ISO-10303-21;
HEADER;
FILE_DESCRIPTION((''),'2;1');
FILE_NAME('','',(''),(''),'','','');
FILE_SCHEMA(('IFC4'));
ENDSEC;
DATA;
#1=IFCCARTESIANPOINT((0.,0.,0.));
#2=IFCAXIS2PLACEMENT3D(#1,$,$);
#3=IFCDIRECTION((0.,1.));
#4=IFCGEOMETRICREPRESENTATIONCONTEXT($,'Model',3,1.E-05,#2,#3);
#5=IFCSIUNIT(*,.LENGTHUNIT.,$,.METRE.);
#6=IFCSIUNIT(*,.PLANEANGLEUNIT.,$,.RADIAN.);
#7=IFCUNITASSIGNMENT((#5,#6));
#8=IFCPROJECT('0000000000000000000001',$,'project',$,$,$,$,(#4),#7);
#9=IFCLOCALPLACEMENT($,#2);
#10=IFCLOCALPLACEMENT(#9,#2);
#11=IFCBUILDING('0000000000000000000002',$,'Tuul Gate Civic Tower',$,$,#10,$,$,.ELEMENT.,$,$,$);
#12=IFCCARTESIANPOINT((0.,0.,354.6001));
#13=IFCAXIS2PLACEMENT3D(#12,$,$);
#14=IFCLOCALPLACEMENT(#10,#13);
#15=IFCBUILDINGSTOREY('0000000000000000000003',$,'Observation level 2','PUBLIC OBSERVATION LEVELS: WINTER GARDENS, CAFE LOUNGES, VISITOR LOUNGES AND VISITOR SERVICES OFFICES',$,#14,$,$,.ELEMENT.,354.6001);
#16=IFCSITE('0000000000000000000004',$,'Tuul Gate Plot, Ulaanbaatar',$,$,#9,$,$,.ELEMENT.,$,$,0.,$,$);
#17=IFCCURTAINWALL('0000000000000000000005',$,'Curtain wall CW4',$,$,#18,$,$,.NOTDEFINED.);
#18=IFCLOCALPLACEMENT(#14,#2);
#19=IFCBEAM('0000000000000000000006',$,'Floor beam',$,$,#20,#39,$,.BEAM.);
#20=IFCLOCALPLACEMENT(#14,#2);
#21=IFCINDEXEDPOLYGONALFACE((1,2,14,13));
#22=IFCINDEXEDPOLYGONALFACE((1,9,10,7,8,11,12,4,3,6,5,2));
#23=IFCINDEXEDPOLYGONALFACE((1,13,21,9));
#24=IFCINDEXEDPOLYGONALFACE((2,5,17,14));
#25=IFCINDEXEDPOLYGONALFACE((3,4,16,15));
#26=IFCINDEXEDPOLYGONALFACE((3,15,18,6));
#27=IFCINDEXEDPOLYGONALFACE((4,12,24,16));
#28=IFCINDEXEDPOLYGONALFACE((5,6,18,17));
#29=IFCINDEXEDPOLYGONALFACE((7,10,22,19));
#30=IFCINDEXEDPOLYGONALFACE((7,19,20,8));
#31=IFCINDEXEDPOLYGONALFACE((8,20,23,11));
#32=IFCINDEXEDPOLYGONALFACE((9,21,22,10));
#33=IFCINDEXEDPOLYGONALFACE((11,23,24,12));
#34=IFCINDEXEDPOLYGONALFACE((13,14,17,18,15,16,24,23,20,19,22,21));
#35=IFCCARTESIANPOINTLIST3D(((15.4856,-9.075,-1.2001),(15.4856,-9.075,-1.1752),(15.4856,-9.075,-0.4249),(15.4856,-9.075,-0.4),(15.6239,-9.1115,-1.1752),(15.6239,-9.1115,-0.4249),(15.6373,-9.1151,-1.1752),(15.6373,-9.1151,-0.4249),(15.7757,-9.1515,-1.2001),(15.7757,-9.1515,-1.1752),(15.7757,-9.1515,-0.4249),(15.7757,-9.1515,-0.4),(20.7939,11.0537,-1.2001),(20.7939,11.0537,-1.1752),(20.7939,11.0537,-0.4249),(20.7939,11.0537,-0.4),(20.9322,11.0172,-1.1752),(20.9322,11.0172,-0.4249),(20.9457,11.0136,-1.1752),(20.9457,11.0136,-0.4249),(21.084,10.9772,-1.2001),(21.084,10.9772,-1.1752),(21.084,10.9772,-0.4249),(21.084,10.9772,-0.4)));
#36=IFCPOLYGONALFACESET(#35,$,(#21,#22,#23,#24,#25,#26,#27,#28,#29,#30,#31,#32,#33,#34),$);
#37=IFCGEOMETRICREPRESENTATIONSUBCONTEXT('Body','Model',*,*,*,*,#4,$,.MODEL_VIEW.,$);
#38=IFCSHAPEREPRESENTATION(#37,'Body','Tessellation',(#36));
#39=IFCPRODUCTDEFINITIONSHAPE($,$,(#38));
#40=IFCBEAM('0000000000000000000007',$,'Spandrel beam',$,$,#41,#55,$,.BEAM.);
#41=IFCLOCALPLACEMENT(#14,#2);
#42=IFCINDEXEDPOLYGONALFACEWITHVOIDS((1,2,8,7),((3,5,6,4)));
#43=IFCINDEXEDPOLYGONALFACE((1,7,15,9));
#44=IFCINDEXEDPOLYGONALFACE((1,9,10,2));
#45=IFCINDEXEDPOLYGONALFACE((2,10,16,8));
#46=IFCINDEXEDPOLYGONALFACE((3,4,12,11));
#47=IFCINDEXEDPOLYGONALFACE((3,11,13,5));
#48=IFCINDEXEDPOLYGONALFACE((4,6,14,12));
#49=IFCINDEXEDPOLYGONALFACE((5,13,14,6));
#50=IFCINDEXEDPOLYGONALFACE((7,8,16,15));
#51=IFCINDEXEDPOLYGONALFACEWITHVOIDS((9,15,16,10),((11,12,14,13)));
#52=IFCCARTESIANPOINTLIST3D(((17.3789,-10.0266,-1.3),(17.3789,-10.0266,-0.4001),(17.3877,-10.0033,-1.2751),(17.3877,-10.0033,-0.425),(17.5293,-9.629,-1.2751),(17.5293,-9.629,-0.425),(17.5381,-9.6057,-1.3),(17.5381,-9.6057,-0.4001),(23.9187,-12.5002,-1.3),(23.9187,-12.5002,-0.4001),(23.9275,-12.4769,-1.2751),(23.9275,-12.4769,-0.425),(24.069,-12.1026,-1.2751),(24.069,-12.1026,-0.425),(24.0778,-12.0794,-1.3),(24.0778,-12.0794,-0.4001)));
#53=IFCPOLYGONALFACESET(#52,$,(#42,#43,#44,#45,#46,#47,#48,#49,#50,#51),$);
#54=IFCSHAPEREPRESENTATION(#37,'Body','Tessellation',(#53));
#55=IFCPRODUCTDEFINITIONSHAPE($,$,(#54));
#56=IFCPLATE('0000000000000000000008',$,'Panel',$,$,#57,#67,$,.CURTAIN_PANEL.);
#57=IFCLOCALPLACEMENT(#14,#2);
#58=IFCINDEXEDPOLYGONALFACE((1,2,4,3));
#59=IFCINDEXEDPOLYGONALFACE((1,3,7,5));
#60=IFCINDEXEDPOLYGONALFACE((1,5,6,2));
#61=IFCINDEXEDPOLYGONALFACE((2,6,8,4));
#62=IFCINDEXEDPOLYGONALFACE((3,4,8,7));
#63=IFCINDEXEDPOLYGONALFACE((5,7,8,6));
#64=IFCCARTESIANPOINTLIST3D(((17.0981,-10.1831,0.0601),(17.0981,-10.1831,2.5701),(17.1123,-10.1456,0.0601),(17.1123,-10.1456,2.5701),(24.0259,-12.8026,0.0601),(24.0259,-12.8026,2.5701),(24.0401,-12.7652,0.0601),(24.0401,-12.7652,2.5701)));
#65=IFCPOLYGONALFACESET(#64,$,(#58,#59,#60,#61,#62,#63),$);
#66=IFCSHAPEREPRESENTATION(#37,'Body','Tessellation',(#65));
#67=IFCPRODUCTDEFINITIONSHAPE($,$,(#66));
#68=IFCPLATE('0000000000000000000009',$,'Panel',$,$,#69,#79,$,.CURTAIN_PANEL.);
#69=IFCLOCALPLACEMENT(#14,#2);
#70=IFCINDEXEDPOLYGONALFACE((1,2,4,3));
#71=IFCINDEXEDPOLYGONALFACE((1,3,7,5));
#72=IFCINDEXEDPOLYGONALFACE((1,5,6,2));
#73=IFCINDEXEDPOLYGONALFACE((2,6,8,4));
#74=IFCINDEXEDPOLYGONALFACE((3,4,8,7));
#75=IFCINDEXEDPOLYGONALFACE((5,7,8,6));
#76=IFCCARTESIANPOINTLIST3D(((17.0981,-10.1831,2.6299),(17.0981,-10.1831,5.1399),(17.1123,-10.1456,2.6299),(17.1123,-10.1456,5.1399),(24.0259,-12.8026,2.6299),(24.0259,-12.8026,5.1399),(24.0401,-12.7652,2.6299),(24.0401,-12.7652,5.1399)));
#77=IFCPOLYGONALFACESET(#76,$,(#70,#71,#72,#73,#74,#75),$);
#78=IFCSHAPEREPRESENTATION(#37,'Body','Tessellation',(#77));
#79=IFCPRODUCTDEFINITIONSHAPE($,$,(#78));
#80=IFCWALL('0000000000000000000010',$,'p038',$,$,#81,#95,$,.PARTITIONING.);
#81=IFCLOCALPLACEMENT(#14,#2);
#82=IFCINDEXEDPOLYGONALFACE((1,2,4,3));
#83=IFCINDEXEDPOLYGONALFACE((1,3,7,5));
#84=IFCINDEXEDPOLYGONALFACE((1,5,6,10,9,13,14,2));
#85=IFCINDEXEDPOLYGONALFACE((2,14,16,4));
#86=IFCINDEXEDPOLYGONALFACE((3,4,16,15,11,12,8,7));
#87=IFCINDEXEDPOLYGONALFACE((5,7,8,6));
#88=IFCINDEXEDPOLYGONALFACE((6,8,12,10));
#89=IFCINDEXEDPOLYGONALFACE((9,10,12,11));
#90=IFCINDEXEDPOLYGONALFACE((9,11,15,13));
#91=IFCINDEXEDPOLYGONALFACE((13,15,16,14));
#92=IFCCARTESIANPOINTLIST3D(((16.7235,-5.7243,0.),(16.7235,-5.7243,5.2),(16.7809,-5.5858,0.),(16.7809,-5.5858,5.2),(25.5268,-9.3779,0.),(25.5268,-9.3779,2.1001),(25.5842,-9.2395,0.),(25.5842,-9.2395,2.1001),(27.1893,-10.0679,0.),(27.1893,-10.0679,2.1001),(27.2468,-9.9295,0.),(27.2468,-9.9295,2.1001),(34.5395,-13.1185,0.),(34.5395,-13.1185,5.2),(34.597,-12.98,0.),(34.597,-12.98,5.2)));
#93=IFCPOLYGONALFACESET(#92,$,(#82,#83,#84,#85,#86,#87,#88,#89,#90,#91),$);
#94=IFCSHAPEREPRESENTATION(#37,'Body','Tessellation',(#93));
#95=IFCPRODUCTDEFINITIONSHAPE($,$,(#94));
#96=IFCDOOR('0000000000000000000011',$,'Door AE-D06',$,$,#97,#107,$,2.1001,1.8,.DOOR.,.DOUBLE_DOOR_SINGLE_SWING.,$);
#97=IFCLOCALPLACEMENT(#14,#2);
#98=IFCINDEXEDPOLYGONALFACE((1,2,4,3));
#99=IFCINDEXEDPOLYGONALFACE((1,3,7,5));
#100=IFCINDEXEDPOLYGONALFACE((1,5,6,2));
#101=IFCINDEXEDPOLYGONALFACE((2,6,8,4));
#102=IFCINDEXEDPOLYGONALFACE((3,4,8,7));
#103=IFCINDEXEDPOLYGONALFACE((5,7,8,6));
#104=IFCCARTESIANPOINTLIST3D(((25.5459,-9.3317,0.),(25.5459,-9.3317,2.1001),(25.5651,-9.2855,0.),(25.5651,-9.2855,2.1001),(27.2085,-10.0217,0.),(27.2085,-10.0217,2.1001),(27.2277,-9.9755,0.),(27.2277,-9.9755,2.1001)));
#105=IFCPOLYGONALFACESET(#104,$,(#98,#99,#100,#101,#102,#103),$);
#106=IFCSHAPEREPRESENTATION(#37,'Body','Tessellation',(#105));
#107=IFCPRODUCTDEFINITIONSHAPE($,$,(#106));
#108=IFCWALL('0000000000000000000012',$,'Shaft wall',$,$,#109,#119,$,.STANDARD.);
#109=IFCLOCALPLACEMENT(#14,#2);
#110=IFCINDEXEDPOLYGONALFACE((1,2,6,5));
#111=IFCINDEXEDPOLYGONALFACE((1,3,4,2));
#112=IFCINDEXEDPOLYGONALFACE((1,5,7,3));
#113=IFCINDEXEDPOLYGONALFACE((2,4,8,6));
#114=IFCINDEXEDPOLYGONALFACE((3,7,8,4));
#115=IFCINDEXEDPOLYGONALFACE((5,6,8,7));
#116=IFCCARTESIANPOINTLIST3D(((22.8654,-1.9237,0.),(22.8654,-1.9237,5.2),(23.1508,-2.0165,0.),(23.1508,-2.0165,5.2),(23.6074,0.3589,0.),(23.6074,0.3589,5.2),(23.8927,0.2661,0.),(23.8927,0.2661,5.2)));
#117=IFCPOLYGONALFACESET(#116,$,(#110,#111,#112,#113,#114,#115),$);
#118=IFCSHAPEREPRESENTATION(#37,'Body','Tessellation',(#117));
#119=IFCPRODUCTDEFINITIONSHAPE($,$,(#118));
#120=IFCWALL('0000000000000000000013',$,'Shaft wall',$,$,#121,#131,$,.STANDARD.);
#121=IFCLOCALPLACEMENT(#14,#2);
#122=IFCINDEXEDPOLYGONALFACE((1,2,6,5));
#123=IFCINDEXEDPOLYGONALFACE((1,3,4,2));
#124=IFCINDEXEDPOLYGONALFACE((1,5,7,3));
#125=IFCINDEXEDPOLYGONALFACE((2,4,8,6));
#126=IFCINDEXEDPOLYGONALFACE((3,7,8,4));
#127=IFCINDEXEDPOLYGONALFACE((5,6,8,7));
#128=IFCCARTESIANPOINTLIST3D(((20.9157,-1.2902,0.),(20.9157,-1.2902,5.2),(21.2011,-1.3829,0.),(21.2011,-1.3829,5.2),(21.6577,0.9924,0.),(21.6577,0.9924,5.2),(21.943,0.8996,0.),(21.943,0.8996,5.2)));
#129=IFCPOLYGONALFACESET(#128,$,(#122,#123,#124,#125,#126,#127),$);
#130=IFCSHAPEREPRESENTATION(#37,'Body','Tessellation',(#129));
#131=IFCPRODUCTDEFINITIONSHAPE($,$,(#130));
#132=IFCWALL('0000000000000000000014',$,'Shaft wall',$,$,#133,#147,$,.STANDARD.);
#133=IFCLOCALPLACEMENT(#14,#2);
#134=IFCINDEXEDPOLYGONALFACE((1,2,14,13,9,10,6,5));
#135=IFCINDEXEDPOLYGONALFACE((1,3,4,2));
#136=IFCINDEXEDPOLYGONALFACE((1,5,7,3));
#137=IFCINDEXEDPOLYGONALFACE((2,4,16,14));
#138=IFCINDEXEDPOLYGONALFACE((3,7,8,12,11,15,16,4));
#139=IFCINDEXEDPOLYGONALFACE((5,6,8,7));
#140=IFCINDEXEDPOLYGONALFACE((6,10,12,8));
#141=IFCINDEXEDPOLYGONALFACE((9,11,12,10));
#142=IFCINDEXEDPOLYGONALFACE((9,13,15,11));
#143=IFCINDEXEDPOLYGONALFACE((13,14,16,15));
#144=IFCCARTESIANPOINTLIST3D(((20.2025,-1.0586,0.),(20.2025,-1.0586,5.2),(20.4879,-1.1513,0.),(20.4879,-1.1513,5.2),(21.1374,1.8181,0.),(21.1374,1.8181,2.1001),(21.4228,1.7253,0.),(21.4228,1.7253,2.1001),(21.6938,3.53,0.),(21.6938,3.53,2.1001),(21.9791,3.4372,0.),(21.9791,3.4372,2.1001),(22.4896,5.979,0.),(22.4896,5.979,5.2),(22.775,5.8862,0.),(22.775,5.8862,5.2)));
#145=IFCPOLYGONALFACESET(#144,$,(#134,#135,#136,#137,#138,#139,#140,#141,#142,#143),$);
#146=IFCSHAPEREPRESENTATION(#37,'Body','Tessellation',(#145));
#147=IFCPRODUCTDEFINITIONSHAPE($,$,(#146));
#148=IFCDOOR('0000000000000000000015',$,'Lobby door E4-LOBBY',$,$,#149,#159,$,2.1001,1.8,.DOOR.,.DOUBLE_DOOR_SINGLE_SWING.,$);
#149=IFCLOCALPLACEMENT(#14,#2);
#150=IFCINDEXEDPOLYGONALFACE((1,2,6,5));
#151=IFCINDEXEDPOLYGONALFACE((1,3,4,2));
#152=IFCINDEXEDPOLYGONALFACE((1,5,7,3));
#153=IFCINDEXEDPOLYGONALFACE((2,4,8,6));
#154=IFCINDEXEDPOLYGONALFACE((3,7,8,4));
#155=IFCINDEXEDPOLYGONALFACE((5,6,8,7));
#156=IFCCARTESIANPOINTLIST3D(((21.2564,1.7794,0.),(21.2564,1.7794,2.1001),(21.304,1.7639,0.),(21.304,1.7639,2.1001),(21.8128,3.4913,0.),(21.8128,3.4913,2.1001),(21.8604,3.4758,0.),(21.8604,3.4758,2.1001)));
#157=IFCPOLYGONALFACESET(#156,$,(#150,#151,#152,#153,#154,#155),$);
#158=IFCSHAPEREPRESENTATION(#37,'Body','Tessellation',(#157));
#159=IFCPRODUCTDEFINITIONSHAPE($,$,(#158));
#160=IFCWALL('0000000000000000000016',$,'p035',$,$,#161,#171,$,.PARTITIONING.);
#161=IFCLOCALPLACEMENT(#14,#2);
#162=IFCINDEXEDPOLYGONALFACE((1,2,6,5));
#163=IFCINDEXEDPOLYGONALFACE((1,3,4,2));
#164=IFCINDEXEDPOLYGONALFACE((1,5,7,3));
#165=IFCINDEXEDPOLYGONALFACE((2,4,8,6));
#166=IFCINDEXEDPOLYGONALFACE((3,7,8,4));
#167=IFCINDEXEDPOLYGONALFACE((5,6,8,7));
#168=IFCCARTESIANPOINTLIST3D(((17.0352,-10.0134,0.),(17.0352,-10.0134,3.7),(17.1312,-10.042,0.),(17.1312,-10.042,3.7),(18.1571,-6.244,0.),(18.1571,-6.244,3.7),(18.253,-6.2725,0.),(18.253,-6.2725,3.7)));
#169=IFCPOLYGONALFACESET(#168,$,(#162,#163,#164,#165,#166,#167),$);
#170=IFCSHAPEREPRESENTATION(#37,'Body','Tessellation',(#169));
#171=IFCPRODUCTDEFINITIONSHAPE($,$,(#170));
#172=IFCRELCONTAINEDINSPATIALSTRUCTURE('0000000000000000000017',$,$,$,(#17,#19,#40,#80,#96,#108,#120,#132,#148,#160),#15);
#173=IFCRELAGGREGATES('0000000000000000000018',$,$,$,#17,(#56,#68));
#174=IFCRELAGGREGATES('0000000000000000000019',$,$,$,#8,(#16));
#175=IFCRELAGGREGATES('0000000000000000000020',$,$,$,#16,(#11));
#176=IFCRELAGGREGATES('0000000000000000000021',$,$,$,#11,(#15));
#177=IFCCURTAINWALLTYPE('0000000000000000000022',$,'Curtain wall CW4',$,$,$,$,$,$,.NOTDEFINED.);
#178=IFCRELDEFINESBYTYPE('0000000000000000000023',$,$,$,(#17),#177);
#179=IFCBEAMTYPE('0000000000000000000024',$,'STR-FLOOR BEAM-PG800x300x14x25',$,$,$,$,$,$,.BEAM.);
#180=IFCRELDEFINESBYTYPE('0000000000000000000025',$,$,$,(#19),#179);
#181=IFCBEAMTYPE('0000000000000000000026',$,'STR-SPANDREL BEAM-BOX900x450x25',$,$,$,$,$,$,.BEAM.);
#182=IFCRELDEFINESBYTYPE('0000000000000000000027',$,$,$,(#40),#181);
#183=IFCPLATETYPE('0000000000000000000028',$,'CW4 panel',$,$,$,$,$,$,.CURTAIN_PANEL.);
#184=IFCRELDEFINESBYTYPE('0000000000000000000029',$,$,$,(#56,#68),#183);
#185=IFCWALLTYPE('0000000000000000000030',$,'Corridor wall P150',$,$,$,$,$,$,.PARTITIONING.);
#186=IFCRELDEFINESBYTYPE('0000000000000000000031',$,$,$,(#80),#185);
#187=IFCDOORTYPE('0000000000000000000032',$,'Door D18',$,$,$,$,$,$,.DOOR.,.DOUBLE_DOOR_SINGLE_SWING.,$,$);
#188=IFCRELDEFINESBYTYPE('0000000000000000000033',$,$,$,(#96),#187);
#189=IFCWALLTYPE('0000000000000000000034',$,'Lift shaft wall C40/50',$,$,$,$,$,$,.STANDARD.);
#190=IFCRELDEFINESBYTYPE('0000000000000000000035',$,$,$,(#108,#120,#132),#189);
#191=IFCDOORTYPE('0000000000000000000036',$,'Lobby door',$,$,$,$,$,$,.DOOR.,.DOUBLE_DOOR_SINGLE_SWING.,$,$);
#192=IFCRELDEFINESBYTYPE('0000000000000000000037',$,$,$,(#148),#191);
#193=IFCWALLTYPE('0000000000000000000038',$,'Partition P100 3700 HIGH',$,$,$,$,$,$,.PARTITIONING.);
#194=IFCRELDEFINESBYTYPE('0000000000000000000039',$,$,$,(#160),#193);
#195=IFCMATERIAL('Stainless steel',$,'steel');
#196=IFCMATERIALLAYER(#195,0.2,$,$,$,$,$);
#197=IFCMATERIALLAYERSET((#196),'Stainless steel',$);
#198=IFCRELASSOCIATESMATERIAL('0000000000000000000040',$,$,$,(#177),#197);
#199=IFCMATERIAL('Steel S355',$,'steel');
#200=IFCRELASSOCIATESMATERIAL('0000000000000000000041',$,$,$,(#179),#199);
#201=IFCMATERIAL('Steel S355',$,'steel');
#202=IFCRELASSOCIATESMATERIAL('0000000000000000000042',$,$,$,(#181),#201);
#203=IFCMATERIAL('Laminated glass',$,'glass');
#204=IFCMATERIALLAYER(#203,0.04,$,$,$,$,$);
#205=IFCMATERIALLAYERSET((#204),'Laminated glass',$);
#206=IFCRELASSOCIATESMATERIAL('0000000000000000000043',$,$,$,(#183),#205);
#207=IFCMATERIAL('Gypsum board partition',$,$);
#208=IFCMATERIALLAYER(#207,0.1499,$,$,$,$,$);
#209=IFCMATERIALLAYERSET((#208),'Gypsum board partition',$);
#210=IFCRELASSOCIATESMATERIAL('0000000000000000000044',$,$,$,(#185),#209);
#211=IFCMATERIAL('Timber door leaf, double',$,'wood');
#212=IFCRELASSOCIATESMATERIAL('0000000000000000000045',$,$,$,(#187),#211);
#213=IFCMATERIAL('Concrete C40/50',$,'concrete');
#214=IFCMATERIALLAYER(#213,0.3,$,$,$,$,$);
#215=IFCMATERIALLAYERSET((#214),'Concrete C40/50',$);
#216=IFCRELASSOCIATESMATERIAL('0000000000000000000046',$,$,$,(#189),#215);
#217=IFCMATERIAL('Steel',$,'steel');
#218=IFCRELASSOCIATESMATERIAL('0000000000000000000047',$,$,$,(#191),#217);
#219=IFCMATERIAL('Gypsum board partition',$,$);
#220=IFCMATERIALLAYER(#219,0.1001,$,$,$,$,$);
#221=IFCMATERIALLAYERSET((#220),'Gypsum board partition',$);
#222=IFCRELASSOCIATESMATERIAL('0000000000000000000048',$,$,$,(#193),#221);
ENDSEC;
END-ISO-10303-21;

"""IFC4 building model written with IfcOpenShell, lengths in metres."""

from ifc_helpers import new_model, si_unit, direction, frame, frame_2d, origin, origin_2d, place, context, subcontext, project, spatial, rectangle, hollow_rectangle, i_section, extrude, material, layer, layer_set, material_profile, profile_set, type_object, element, fill, aggregate, save


model = new_model("IFC4")

# Units and contexts
model_context = context("Model", 3, precision=1e-05, world=origin(), true_north=direction((0.0, 1.0)))
body_context = subcontext(model_context, "Body", "Model", "MODEL_VIEW")
ifc_project = project(units=[si_unit("LENGTHUNIT", "METRE"), si_unit("PLANEANGLEUNIT", "RADIAN")], contexts=[model_context])

# Site, building, storey
site_placement = place(None, origin())
site = spatial("IfcSite", under=ifc_project, at=site_placement, Name="Tuul Gate Plot, Ulaanbaatar", CompositionType="ELEMENT", RefElevation=0.0)
building_placement = place(site_placement, origin())
building = spatial("IfcBuilding", under=site, at=building_placement, Name="Tuul Gate Civic Tower", CompositionType="ELEMENT")
storey_placement = place(building_placement, frame((0.0, 0.0, 354.6001)))
storey = spatial("IfcBuildingStorey", under=building, at=storey_placement, Name="Observation level 2", Description="PUBLIC OBSERVATION LEVELS: WINTER GARDENS, CAFE LOUNGES, VISITOR LOUNGES AND VISITOR SERVICES OFFICES", CompositionType="ELEMENT", Elevation=354.6001)

# Shared definitions
ifc_material_1 = material(Name="Stainless steel", Category="steel")
ifc_layer_1 = layer(ifc_material_1, 0.2)
ifc_layer_set_1 = layer_set([ifc_layer_1], Name="Stainless steel")
curtain_wall_type = type_object("IfcCurtainWallType", Name="Curtain wall CW4", PredefinedType="NOTDEFINED", material=ifc_layer_set_1)

# Curtain wall
curtain_wall_1_placement = place(storey_placement, origin())
curtain_wall_1 = element("IfcCurtainWall", 1, at=curtain_wall_1_placement, inside=storey, type_object=curtain_wall_type, Name="Curtain wall CW4", PredefinedType="NOTDEFINED")

# Beams
ifc_material_2 = material(Name="Steel S355", Category="steel")
ifc_material_profile_1 = material_profile(ifc_material_2, i_section(OverallWidth=0.3, OverallDepth=0.8, WebThickness=0.0139, FlangeThickness=0.0249, at=origin_2d()), Name="PG800x300x14x25")
ifc_profile_set_1 = profile_set([ifc_material_profile_1], Name="Steel S355")
beam_type_1 = type_object("IfcBeamType", Name="STR-FLOOR BEAM-PG800x300x14x25", PredefinedType="BEAM", material=ifc_profile_set_1)
beam_1_placement = place(storey_placement, frame((15.6306, -9.1133, -0.8), z_axis=(0.255002, 0.96694, 0.0), x_axis=(-0.96694, 0.255002, 0.0)))
element("IfcBeam", 2, at=beam_1_placement, inside=storey, type_object=beam_type_1, Name="Floor beam", PredefinedType="BEAM", context=body_context, shape_type="SweptSolid", body=[
    extrude(i_section(OverallWidth=0.3, OverallDepth=0.8, WebThickness=0.0139, FlangeThickness=0.0249, at=origin_2d()), origin(), (0.0, 0.0, 1.0), 20.8169),
])
ifc_material_3 = material(Name="Steel S355", Category="steel")
ifc_material_profile_2 = material_profile(ifc_material_3, hollow_rectangle(XDim=0.45, YDim=0.8999, WallThickness=0.0249, at=origin_2d()), Name="BOX900x450x25")
ifc_profile_set_2 = profile_set([ifc_material_profile_2], Name="Steel S355")
beam_type_2 = type_object("IfcBeamType", Name="STR-SPANDREL BEAM-BOX900x450x25", PredefinedType="BEAM", material=ifc_profile_set_2)
beam_2_placement = place(storey_placement, frame((17.4585, -9.8162, -0.8501), z_axis=(0.935328, -0.353781, 0.0), x_axis=(0.353781, 0.935328, 0.0)))
element("IfcBeam", 3, at=beam_2_placement, inside=storey, type_object=beam_type_2, Name="Spandrel beam", PredefinedType="BEAM", context=body_context, shape_type="SweptSolid", body=[
    extrude(hollow_rectangle(XDim=0.45, YDim=0.8999, WallThickness=0.0249, at=origin_2d()), origin(), (0.0, 0.0, 1.0), 6.9919),
])

# Plates
ifc_material_4 = material(Name="Laminated glass", Category="glass")
ifc_layer_2 = layer(ifc_material_4, 0.04)
ifc_layer_set_2 = layer_set([ifc_layer_2], Name="Laminated glass")
plate_type = type_object("IfcPlateType", Name="CW4 panel", PredefinedType="CURTAIN_PANEL", material=ifc_layer_set_2)
plate_1_placement = place(storey_placement, frame((20.5691, -11.4741, 0.0601), z_axis=(0.0, 0.0, 1.0), x_axis=(0.935365, -0.353685, 0.0)))
plate_1 = element("IfcPlate", 4, at=plate_1_placement, type_object=plate_type, Name="Panel", PredefinedType="CURTAIN_PANEL", context=body_context, shape_type="SweptSolid", body=[
    extrude(rectangle(XDim=7.4065, YDim=0.04, at=origin_2d()), origin(), (0.0, 0.0, 1.0), 2.51),
])
plate_2_placement = place(storey_placement, frame((20.5691, -11.4741, 2.6299), z_axis=(0.0, 0.0, 1.0), x_axis=(0.935365, -0.353685, 0.0)))
plate_2 = element("IfcPlate", 5, at=plate_2_placement, type_object=plate_type, Name="Panel", PredefinedType="CURTAIN_PANEL", context=body_context, shape_type="SweptSolid", body=[
    extrude(rectangle(XDim=7.4065, YDim=0.04, at=origin_2d()), origin(), (0.0, 0.0, 1.0), 2.51),
])
aggregate(curtain_wall_1, [plate_1, plate_2])

# Wall, opening, door
ifc_material_5 = material(Name="Gypsum board partition")
ifc_layer_3 = layer(ifc_material_5, 0.1499)
ifc_layer_set_3 = layer_set([ifc_layer_3], Name="Gypsum board partition")
wall_type_1 = type_object("IfcWallType", Name="Corridor wall P150", PredefinedType="PARTITIONING", material=ifc_layer_set_3)
wall_1_placement = place(storey_placement, frame((16.7522, -5.655, 0.0), z_axis=(0.0, 0.0, 1.0), x_axis=(0.923612, -0.383329, 0.0)))
wall_1 = element("IfcWall", 6, at=wall_1_placement, inside=storey, type_object=wall_type_1, Name="p038", PredefinedType="PARTITIONING", context=body_context, shape_type="SweptSolid", body=[
    extrude(rectangle(XDim=19.2896, YDim=0.1499, at=frame_2d((9.6448, 0.0))), origin(), (0.0, 0.0, 1.0), 5.2),
])
opening_1_placement = place(wall_1_placement, frame((9.5315, 0.0, 0.0)))
opening_1 = element("IfcOpeningElement", 7, at=opening_1_placement, cuts=wall_1, PredefinedType="OPENING", context=body_context, shape_type="SweptSolid", body=[
    extrude(rectangle(XDim=1.8, YDim=2.1001, at=frame_2d((0.8999, 1.05))), frame((0.0, 0.085, 0.0), z_axis=(0.0, -1.0, 0.0), x_axis=(1.0, 0.0, 0.0)), (0.0, 0.0, 1.0), 0.1699),
])
ifc_material_6 = material(Name="Timber door leaf, double", Category="wood")
door_type_1 = type_object("IfcDoorType", Name="Door D18", OperationType="DOUBLE_DOOR_SINGLE_SWING", PredefinedType="DOOR", material=ifc_material_6)
door_1_placement = place(opening_1_placement, frame((1.8, 0.0, 0.0), z_axis=(0.0, 0.0, 1.0), x_axis=(-1.0, 0.0, 0.0)))
door_1 = element("IfcDoor", 8, at=door_1_placement, inside=storey, type_object=door_type_1, Name="Door AE-D06", OperationType="DOUBLE_DOOR_SINGLE_SWING", OverallHeight=2.1001, OverallWidth=1.8, PredefinedType="DOOR", context=body_context, shape_type="SweptSolid", body=[
    extrude(rectangle(XDim=1.8, YDim=2.1001, at=frame_2d((0.9001, 1.05))), frame((0.0, 0.0249, 0.0), z_axis=(0.0, -1.0, 0.0), x_axis=(1.0, 0.0, 0.0)), (0.0, 0.0, 1.0), 0.05),
])
fill(opening_1, door_1)

# Walls
ifc_material_7 = material(Name="Concrete C40/50", Category="concrete")
ifc_layer_4 = layer(ifc_material_7, 0.3)
ifc_layer_set_4 = layer_set([ifc_layer_4], Name="Concrete C40/50")
wall_type_2 = type_object("IfcWallType", Name="Lift shaft wall C40/50", PredefinedType="STANDARD", material=ifc_layer_set_4)
for number, where, z_axis, x_axis, name in (
    (9, (23.0081, -1.9702, 0.0), (0.0, 0.0, 1.0), (0.309139, 0.951017, 0.0), "Shaft wall"),
    (10, (21.0583, -1.3367, 0.0), (0.0, 0.0, 1.0), (0.309139, 0.951017, 0.0), "Shaft wall"),
):
    element("IfcWall", number, at=place(storey_placement, frame(where, z_axis=z_axis, x_axis=x_axis)), inside=storey, type_object=wall_type_2, Name=name, PredefinedType="STANDARD", context=body_context, shape_type="SweptSolid", body=[
        extrude(rectangle(XDim=2.4001, YDim=0.3, at=frame_2d((1.2002, 0.0))), origin(), (0.0, 0.0, 1.0), 5.2),
    ])

# Wall, opening, door
wall_2_placement = place(storey_placement, frame((20.3452, -1.105, 0.0), z_axis=(0.0, 0.0, 1.0), x_axis=(0.309073, 0.951038, 0.0)))
wall_2 = element("IfcWall", 11, at=wall_2_placement, inside=storey, type_object=wall_type_2, Name="Shaft wall", PredefinedType="STANDARD", context=body_context, shape_type="SweptSolid", body=[
    extrude(rectangle(XDim=7.3999, YDim=0.3, at=frame_2d((3.7, 0.0))), origin(), (0.0, 0.0, 1.0), 5.2),
])
opening_2_placement = place(wall_2_placement, frame((3.0249, 0.0, 0.0)))
opening_2 = element("IfcOpeningElement", 12, at=opening_2_placement, cuts=wall_2, PredefinedType="OPENING", context=body_context, shape_type="SweptSolid", body=[
    extrude(rectangle(XDim=1.8, YDim=2.1001, at=frame_2d((0.8999, 1.05))), frame((0.0, 0.1602, 0.0), z_axis=(0.0, -1.0, 0.0), x_axis=(1.0, 0.0, 0.0)), (0.0, 0.0, 1.0), 0.3201),
])
ifc_material_8 = material(Name="Steel", Category="steel")
door_type_2 = type_object("IfcDoorType", Name="Lobby door", OperationType="DOUBLE_DOOR_SINGLE_SWING", PredefinedType="DOOR", material=ifc_material_8)
door_2_placement = place(opening_2_placement, origin())
door_2 = element("IfcDoor", 13, at=door_2_placement, inside=storey, type_object=door_type_2, Name="Lobby door E4-LOBBY", OperationType="DOUBLE_DOOR_SINGLE_SWING", OverallHeight=2.1001, OverallWidth=1.8, PredefinedType="DOOR", context=body_context, shape_type="SweptSolid", body=[
    extrude(rectangle(XDim=1.8, YDim=2.1001, at=frame_2d((0.8999, 1.05))), frame((0.0, 0.0249, 0.0), z_axis=(0.0, -1.0, 0.0), x_axis=(1.0, 0.0, 0.0)), (0.0, 0.0, 1.0), 0.05),
])
fill(opening_2, door_2)

# Wall
ifc_material_9 = material(Name="Gypsum board partition")
ifc_layer_5 = layer(ifc_material_9, 0.1001)
ifc_layer_set_5 = layer_set([ifc_layer_5], Name="Gypsum board partition")
wall_type_3 = type_object("IfcWallType", Name="Partition P100 3700 HIGH", PredefinedType="PARTITIONING", material=ifc_layer_set_5)
wall_3_placement = place(storey_placement, frame((17.0833, -10.0276, 0.0), z_axis=(0.0, 0.0, 1.0), x_axis=(0.28524, 0.958456, 0.0)))
element("IfcWall", 14, at=wall_3_placement, inside=storey, type_object=wall_type_3, Name="p035", PredefinedType="PARTITIONING", context=body_context, shape_type="SweptSolid", body=[
    extrude(rectangle(XDim=3.9329, YDim=0.1001, at=frame_2d((1.9663, 0.0))), origin(), (0.0, 0.0, 1.0), 3.7),
])

save(model, "model.ifc")
